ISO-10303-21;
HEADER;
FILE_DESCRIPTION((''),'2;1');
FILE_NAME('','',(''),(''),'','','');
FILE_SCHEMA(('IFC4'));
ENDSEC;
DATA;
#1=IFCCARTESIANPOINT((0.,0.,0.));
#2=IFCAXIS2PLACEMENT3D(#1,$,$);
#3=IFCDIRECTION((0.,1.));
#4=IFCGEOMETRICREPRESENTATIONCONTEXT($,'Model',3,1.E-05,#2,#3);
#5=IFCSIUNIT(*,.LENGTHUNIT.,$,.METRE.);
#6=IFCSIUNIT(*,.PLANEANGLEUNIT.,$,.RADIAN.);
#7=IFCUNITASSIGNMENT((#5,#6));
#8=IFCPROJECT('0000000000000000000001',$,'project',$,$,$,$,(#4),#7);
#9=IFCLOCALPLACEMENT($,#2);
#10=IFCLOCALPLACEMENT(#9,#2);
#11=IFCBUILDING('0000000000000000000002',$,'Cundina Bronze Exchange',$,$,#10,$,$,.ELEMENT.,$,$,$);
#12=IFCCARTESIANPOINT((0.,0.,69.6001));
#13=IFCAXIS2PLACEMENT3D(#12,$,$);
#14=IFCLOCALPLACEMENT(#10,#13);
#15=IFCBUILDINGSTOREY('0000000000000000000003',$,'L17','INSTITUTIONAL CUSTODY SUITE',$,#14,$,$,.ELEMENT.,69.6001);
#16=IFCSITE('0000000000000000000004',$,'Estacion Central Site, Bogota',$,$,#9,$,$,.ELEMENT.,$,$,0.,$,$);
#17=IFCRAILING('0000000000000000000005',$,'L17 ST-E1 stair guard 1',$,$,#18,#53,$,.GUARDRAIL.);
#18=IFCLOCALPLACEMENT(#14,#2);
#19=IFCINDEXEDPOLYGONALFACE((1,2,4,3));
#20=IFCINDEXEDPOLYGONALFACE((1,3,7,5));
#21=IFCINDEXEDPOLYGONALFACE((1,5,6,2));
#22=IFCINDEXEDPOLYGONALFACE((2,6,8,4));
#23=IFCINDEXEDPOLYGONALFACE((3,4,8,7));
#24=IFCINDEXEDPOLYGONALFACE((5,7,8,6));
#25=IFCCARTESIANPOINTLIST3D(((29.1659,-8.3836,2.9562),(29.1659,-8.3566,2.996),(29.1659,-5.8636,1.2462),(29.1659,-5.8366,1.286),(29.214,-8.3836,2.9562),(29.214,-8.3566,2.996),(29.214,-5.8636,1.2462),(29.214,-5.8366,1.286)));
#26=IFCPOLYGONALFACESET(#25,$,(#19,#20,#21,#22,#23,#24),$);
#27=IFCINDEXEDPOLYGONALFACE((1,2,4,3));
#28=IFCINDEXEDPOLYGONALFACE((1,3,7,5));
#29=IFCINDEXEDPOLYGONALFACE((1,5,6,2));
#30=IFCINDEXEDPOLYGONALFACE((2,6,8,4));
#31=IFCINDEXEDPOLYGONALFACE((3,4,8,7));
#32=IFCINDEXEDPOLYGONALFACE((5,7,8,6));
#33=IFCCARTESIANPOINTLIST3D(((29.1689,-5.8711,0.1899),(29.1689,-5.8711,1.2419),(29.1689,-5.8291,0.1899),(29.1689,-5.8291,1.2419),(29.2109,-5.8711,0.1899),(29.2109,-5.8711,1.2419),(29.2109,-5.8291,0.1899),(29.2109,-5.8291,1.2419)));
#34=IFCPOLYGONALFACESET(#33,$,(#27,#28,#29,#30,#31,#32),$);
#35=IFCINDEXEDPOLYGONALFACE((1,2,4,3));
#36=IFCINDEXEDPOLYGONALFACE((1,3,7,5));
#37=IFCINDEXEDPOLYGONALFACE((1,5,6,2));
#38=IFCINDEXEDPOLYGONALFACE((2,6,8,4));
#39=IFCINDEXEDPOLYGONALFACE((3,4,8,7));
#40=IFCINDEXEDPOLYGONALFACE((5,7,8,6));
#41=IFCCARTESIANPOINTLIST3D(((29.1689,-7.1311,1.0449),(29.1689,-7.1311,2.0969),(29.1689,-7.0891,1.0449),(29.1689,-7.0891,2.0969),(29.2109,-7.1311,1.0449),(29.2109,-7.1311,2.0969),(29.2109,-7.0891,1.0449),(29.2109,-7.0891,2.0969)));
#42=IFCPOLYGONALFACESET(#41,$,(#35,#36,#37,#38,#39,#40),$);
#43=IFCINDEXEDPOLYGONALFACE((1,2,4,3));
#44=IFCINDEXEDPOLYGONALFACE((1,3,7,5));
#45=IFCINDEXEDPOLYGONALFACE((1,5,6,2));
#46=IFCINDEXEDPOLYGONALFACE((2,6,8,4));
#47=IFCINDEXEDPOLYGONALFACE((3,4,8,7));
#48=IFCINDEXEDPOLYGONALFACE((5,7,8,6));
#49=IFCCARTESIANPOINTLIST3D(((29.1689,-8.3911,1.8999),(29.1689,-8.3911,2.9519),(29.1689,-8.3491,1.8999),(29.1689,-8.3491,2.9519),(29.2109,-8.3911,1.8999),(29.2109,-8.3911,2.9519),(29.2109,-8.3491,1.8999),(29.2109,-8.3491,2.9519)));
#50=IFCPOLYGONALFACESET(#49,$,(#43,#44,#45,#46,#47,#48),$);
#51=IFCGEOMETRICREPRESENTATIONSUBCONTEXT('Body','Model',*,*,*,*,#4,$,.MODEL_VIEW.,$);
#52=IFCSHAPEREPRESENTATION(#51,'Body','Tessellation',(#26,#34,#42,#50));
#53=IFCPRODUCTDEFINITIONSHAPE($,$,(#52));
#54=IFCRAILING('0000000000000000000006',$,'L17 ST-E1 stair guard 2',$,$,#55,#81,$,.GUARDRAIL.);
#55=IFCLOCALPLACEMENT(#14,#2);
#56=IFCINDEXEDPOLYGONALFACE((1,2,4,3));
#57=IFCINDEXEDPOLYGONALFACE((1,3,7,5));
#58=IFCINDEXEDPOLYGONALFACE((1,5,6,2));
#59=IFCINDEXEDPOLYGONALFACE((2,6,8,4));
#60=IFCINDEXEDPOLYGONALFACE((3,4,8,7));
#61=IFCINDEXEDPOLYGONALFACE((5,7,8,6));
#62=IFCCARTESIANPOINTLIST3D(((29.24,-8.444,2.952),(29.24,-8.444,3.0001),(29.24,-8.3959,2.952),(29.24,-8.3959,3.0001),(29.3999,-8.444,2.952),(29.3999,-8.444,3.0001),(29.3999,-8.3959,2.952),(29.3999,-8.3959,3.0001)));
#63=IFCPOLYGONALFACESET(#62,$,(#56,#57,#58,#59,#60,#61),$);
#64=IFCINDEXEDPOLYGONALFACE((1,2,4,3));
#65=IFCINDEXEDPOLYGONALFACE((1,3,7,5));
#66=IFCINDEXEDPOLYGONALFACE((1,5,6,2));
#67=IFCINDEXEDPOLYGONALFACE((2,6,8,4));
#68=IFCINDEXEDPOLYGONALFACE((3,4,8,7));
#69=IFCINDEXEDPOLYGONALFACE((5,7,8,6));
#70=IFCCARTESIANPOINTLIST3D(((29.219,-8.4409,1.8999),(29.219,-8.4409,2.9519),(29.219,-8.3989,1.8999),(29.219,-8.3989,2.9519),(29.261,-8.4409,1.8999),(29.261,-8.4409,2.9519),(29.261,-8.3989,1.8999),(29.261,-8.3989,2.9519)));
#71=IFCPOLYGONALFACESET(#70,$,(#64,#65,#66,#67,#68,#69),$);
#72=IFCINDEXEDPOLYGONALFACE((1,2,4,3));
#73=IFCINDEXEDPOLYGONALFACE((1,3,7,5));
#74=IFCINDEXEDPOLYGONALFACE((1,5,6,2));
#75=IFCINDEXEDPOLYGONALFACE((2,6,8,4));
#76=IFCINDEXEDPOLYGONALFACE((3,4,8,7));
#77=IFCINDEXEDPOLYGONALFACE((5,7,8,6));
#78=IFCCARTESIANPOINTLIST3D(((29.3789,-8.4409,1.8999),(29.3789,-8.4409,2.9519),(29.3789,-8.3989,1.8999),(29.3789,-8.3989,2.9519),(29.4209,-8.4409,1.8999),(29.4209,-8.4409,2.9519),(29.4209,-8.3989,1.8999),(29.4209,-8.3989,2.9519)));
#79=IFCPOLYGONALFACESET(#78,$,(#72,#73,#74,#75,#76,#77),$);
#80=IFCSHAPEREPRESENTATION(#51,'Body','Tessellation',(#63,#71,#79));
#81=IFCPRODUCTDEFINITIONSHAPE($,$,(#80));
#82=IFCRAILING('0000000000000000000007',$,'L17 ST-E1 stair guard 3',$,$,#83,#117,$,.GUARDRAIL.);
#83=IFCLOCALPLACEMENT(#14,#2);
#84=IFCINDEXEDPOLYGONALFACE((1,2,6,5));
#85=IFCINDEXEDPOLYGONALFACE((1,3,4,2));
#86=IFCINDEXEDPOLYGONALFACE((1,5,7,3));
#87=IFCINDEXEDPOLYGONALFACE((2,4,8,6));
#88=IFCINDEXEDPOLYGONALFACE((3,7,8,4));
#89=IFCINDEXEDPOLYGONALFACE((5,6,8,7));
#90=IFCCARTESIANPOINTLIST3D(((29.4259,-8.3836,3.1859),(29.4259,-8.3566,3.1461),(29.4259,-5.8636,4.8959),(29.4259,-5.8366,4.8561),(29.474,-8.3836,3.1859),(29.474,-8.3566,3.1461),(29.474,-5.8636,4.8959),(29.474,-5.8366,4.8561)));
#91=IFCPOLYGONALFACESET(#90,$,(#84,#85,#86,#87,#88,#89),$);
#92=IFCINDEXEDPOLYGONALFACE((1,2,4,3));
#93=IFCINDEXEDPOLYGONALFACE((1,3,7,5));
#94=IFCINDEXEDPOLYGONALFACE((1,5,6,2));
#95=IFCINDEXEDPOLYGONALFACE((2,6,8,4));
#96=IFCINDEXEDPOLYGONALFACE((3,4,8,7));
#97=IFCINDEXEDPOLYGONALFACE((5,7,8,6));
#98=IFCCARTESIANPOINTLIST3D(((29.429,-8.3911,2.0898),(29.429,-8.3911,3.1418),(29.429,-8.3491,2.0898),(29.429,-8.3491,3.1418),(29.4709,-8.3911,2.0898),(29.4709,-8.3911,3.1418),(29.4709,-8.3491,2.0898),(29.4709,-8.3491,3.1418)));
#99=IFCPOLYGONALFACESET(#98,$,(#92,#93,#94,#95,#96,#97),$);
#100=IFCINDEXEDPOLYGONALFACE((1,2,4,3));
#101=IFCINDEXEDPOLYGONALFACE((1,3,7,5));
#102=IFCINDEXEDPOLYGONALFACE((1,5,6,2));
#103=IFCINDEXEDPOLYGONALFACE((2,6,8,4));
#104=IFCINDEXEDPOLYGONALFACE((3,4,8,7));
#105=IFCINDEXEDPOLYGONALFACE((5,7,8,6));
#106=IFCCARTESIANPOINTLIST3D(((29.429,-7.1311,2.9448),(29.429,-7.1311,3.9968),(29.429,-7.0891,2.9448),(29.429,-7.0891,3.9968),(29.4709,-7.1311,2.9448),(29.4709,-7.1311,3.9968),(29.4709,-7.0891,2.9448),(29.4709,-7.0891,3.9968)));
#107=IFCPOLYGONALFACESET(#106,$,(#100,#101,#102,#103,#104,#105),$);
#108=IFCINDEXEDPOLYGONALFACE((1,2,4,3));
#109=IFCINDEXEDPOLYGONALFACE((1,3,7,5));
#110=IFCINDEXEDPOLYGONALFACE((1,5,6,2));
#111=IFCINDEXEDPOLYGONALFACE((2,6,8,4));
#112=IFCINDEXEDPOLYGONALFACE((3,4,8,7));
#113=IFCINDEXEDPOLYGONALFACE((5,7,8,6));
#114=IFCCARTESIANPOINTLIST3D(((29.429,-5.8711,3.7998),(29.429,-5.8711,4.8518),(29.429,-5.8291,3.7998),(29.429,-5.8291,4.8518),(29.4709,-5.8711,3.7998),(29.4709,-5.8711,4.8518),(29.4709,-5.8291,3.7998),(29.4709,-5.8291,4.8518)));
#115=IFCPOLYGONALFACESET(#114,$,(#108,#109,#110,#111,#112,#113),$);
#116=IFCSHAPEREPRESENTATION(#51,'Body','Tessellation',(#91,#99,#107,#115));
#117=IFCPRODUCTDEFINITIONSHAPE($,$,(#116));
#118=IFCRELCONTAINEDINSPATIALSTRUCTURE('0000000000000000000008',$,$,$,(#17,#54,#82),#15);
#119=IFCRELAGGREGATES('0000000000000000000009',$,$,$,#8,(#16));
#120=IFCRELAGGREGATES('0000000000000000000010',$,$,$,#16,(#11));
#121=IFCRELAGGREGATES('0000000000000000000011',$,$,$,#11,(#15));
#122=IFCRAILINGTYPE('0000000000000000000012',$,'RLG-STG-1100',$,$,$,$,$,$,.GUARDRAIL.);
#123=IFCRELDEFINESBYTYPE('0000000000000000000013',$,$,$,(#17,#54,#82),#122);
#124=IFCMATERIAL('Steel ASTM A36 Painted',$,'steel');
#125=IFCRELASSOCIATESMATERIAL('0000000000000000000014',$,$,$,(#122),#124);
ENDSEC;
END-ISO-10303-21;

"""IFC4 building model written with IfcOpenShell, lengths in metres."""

from ifc_helpers import new_model, si_unit, direction, frame, origin, origin_2d, place, context, subcontext, project, spatial, rectangle, extrude, material, type_object, element, save


model = new_model("IFC4")

# Units and contexts
model_context = context("Model", 3, precision=1e-05, world=origin(), true_north=direction((0.0, 1.0)))
body_context = subcontext(model_context, "Body", "Model", "MODEL_VIEW")
ifc_project = project(units=[si_unit("LENGTHUNIT", "METRE"), si_unit("PLANEANGLEUNIT", "RADIAN")], contexts=[model_context])

# Site, building, storey
site_placement = place(None, origin())
site = spatial("IfcSite", under=ifc_project, at=site_placement, Name="Estacion Central Site, Bogota", CompositionType="ELEMENT", RefElevation=0.0)
building_placement = place(site_placement, origin())
building = spatial("IfcBuilding", under=site, at=building_placement, Name="Cundina Bronze Exchange", CompositionType="ELEMENT")
storey_placement = place(building_placement, frame((0.0, 0.0, 69.6001)))
storey = spatial("IfcBuildingStorey", under=building, at=storey_placement, Name="L17", Description="INSTITUTIONAL CUSTODY SUITE", CompositionType="ELEMENT", Elevation=69.6001)

# Railings
ifc_material_1 = material(Name="Steel ASTM A36 Painted", Category="steel")
railing_type_1 = type_object("IfcRailingType", Name="RLG-STG-1100", PredefinedType="GUARDRAIL", material=ifc_material_1)
railing_1_placement = place(storey_placement, frame((29.1899, -5.8501, 0.1899)))
element("IfcRailing", 1, at=railing_1_placement, inside=storey, type_object=railing_type_1, Name="L17 ST-E1 stair guard 1", PredefinedType="GUARDRAIL", context=body_context, shape_type="SweptSolid", body=[
    extrude(rectangle(XDim=0.0481, YDim=0.0481, at=origin_2d()), frame((0.0, 0.0, 1.0762), z_axis=(0.0, -0.827484, 0.56149), x_axis=(1.0, 0.0, 0.0)), (0.0, 0.0, 1.0), 3.0454),
    extrude(rectangle(XDim=0.042, YDim=0.042, at=origin_2d()), origin(), (0.0, 0.0, 1.0), 1.052),
    extrude(rectangle(XDim=0.042, YDim=0.042, at=origin_2d()), frame((0.0, -1.26, 0.855)), (0.0, 0.0, 1.0), 1.052),
    extrude(rectangle(XDim=0.042, YDim=0.042, at=origin_2d()), frame((0.0, -2.52, 1.71)), (0.0, 0.0, 1.0), 1.052),
])
railing_2_placement = place(storey_placement, frame((29.24, -8.4199, 1.8999)))
element("IfcRailing", 2, at=railing_2_placement, inside=storey, type_object=railing_type_1, Name="L17 ST-E1 stair guard 2", PredefinedType="GUARDRAIL", context=body_context, shape_type="SweptSolid", body=[
    extrude(rectangle(XDim=0.0481, YDim=0.0481, at=origin_2d()), frame((0.0, 0.0, 1.0762), z_axis=(1.0, 0.0, 0.0), x_axis=(0.0, 1.0, 0.0)), (0.0, 0.0, 1.0), 0.1599),
    extrude(rectangle(XDim=0.042, YDim=0.042, at=origin_2d()), origin(), (0.0, 0.0, 1.0), 1.052),
    extrude(rectangle(XDim=0.042, YDim=0.042, at=origin_2d()), frame((0.1599, 0.0, 0.0)), (0.0, 0.0, 1.0), 1.052),
])
railing_3_placement = place(storey_placement, frame((29.45, -8.3701, 2.0898)))
element("IfcRailing", 3, at=railing_3_placement, inside=storey, type_object=railing_type_1, Name="L17 ST-E1 stair guard 3", PredefinedType="GUARDRAIL", context=body_context, shape_type="SweptSolid", body=[
    extrude(rectangle(XDim=0.0481, YDim=0.0481, at=origin_2d()), frame((0.0, 0.0, 1.0762), z_axis=(0.0, 0.827484, 0.56149), x_axis=(-1.0, 0.0, 0.0)), (0.0, 0.0, 1.0), 3.0454),
    extrude(rectangle(XDim=0.042, YDim=0.042, at=origin_2d()), origin(), (0.0, 0.0, 1.0), 1.052),
    extrude(rectangle(XDim=0.042, YDim=0.042, at=origin_2d()), frame((0.0, 1.26, 0.855)), (0.0, 0.0, 1.0), 1.052),
    extrude(rectangle(XDim=0.042, YDim=0.042, at=origin_2d()), frame((0.0, 2.52, 1.71)), (0.0, 0.0, 1.0), 1.052),
])

save(model, "model.ifc")
